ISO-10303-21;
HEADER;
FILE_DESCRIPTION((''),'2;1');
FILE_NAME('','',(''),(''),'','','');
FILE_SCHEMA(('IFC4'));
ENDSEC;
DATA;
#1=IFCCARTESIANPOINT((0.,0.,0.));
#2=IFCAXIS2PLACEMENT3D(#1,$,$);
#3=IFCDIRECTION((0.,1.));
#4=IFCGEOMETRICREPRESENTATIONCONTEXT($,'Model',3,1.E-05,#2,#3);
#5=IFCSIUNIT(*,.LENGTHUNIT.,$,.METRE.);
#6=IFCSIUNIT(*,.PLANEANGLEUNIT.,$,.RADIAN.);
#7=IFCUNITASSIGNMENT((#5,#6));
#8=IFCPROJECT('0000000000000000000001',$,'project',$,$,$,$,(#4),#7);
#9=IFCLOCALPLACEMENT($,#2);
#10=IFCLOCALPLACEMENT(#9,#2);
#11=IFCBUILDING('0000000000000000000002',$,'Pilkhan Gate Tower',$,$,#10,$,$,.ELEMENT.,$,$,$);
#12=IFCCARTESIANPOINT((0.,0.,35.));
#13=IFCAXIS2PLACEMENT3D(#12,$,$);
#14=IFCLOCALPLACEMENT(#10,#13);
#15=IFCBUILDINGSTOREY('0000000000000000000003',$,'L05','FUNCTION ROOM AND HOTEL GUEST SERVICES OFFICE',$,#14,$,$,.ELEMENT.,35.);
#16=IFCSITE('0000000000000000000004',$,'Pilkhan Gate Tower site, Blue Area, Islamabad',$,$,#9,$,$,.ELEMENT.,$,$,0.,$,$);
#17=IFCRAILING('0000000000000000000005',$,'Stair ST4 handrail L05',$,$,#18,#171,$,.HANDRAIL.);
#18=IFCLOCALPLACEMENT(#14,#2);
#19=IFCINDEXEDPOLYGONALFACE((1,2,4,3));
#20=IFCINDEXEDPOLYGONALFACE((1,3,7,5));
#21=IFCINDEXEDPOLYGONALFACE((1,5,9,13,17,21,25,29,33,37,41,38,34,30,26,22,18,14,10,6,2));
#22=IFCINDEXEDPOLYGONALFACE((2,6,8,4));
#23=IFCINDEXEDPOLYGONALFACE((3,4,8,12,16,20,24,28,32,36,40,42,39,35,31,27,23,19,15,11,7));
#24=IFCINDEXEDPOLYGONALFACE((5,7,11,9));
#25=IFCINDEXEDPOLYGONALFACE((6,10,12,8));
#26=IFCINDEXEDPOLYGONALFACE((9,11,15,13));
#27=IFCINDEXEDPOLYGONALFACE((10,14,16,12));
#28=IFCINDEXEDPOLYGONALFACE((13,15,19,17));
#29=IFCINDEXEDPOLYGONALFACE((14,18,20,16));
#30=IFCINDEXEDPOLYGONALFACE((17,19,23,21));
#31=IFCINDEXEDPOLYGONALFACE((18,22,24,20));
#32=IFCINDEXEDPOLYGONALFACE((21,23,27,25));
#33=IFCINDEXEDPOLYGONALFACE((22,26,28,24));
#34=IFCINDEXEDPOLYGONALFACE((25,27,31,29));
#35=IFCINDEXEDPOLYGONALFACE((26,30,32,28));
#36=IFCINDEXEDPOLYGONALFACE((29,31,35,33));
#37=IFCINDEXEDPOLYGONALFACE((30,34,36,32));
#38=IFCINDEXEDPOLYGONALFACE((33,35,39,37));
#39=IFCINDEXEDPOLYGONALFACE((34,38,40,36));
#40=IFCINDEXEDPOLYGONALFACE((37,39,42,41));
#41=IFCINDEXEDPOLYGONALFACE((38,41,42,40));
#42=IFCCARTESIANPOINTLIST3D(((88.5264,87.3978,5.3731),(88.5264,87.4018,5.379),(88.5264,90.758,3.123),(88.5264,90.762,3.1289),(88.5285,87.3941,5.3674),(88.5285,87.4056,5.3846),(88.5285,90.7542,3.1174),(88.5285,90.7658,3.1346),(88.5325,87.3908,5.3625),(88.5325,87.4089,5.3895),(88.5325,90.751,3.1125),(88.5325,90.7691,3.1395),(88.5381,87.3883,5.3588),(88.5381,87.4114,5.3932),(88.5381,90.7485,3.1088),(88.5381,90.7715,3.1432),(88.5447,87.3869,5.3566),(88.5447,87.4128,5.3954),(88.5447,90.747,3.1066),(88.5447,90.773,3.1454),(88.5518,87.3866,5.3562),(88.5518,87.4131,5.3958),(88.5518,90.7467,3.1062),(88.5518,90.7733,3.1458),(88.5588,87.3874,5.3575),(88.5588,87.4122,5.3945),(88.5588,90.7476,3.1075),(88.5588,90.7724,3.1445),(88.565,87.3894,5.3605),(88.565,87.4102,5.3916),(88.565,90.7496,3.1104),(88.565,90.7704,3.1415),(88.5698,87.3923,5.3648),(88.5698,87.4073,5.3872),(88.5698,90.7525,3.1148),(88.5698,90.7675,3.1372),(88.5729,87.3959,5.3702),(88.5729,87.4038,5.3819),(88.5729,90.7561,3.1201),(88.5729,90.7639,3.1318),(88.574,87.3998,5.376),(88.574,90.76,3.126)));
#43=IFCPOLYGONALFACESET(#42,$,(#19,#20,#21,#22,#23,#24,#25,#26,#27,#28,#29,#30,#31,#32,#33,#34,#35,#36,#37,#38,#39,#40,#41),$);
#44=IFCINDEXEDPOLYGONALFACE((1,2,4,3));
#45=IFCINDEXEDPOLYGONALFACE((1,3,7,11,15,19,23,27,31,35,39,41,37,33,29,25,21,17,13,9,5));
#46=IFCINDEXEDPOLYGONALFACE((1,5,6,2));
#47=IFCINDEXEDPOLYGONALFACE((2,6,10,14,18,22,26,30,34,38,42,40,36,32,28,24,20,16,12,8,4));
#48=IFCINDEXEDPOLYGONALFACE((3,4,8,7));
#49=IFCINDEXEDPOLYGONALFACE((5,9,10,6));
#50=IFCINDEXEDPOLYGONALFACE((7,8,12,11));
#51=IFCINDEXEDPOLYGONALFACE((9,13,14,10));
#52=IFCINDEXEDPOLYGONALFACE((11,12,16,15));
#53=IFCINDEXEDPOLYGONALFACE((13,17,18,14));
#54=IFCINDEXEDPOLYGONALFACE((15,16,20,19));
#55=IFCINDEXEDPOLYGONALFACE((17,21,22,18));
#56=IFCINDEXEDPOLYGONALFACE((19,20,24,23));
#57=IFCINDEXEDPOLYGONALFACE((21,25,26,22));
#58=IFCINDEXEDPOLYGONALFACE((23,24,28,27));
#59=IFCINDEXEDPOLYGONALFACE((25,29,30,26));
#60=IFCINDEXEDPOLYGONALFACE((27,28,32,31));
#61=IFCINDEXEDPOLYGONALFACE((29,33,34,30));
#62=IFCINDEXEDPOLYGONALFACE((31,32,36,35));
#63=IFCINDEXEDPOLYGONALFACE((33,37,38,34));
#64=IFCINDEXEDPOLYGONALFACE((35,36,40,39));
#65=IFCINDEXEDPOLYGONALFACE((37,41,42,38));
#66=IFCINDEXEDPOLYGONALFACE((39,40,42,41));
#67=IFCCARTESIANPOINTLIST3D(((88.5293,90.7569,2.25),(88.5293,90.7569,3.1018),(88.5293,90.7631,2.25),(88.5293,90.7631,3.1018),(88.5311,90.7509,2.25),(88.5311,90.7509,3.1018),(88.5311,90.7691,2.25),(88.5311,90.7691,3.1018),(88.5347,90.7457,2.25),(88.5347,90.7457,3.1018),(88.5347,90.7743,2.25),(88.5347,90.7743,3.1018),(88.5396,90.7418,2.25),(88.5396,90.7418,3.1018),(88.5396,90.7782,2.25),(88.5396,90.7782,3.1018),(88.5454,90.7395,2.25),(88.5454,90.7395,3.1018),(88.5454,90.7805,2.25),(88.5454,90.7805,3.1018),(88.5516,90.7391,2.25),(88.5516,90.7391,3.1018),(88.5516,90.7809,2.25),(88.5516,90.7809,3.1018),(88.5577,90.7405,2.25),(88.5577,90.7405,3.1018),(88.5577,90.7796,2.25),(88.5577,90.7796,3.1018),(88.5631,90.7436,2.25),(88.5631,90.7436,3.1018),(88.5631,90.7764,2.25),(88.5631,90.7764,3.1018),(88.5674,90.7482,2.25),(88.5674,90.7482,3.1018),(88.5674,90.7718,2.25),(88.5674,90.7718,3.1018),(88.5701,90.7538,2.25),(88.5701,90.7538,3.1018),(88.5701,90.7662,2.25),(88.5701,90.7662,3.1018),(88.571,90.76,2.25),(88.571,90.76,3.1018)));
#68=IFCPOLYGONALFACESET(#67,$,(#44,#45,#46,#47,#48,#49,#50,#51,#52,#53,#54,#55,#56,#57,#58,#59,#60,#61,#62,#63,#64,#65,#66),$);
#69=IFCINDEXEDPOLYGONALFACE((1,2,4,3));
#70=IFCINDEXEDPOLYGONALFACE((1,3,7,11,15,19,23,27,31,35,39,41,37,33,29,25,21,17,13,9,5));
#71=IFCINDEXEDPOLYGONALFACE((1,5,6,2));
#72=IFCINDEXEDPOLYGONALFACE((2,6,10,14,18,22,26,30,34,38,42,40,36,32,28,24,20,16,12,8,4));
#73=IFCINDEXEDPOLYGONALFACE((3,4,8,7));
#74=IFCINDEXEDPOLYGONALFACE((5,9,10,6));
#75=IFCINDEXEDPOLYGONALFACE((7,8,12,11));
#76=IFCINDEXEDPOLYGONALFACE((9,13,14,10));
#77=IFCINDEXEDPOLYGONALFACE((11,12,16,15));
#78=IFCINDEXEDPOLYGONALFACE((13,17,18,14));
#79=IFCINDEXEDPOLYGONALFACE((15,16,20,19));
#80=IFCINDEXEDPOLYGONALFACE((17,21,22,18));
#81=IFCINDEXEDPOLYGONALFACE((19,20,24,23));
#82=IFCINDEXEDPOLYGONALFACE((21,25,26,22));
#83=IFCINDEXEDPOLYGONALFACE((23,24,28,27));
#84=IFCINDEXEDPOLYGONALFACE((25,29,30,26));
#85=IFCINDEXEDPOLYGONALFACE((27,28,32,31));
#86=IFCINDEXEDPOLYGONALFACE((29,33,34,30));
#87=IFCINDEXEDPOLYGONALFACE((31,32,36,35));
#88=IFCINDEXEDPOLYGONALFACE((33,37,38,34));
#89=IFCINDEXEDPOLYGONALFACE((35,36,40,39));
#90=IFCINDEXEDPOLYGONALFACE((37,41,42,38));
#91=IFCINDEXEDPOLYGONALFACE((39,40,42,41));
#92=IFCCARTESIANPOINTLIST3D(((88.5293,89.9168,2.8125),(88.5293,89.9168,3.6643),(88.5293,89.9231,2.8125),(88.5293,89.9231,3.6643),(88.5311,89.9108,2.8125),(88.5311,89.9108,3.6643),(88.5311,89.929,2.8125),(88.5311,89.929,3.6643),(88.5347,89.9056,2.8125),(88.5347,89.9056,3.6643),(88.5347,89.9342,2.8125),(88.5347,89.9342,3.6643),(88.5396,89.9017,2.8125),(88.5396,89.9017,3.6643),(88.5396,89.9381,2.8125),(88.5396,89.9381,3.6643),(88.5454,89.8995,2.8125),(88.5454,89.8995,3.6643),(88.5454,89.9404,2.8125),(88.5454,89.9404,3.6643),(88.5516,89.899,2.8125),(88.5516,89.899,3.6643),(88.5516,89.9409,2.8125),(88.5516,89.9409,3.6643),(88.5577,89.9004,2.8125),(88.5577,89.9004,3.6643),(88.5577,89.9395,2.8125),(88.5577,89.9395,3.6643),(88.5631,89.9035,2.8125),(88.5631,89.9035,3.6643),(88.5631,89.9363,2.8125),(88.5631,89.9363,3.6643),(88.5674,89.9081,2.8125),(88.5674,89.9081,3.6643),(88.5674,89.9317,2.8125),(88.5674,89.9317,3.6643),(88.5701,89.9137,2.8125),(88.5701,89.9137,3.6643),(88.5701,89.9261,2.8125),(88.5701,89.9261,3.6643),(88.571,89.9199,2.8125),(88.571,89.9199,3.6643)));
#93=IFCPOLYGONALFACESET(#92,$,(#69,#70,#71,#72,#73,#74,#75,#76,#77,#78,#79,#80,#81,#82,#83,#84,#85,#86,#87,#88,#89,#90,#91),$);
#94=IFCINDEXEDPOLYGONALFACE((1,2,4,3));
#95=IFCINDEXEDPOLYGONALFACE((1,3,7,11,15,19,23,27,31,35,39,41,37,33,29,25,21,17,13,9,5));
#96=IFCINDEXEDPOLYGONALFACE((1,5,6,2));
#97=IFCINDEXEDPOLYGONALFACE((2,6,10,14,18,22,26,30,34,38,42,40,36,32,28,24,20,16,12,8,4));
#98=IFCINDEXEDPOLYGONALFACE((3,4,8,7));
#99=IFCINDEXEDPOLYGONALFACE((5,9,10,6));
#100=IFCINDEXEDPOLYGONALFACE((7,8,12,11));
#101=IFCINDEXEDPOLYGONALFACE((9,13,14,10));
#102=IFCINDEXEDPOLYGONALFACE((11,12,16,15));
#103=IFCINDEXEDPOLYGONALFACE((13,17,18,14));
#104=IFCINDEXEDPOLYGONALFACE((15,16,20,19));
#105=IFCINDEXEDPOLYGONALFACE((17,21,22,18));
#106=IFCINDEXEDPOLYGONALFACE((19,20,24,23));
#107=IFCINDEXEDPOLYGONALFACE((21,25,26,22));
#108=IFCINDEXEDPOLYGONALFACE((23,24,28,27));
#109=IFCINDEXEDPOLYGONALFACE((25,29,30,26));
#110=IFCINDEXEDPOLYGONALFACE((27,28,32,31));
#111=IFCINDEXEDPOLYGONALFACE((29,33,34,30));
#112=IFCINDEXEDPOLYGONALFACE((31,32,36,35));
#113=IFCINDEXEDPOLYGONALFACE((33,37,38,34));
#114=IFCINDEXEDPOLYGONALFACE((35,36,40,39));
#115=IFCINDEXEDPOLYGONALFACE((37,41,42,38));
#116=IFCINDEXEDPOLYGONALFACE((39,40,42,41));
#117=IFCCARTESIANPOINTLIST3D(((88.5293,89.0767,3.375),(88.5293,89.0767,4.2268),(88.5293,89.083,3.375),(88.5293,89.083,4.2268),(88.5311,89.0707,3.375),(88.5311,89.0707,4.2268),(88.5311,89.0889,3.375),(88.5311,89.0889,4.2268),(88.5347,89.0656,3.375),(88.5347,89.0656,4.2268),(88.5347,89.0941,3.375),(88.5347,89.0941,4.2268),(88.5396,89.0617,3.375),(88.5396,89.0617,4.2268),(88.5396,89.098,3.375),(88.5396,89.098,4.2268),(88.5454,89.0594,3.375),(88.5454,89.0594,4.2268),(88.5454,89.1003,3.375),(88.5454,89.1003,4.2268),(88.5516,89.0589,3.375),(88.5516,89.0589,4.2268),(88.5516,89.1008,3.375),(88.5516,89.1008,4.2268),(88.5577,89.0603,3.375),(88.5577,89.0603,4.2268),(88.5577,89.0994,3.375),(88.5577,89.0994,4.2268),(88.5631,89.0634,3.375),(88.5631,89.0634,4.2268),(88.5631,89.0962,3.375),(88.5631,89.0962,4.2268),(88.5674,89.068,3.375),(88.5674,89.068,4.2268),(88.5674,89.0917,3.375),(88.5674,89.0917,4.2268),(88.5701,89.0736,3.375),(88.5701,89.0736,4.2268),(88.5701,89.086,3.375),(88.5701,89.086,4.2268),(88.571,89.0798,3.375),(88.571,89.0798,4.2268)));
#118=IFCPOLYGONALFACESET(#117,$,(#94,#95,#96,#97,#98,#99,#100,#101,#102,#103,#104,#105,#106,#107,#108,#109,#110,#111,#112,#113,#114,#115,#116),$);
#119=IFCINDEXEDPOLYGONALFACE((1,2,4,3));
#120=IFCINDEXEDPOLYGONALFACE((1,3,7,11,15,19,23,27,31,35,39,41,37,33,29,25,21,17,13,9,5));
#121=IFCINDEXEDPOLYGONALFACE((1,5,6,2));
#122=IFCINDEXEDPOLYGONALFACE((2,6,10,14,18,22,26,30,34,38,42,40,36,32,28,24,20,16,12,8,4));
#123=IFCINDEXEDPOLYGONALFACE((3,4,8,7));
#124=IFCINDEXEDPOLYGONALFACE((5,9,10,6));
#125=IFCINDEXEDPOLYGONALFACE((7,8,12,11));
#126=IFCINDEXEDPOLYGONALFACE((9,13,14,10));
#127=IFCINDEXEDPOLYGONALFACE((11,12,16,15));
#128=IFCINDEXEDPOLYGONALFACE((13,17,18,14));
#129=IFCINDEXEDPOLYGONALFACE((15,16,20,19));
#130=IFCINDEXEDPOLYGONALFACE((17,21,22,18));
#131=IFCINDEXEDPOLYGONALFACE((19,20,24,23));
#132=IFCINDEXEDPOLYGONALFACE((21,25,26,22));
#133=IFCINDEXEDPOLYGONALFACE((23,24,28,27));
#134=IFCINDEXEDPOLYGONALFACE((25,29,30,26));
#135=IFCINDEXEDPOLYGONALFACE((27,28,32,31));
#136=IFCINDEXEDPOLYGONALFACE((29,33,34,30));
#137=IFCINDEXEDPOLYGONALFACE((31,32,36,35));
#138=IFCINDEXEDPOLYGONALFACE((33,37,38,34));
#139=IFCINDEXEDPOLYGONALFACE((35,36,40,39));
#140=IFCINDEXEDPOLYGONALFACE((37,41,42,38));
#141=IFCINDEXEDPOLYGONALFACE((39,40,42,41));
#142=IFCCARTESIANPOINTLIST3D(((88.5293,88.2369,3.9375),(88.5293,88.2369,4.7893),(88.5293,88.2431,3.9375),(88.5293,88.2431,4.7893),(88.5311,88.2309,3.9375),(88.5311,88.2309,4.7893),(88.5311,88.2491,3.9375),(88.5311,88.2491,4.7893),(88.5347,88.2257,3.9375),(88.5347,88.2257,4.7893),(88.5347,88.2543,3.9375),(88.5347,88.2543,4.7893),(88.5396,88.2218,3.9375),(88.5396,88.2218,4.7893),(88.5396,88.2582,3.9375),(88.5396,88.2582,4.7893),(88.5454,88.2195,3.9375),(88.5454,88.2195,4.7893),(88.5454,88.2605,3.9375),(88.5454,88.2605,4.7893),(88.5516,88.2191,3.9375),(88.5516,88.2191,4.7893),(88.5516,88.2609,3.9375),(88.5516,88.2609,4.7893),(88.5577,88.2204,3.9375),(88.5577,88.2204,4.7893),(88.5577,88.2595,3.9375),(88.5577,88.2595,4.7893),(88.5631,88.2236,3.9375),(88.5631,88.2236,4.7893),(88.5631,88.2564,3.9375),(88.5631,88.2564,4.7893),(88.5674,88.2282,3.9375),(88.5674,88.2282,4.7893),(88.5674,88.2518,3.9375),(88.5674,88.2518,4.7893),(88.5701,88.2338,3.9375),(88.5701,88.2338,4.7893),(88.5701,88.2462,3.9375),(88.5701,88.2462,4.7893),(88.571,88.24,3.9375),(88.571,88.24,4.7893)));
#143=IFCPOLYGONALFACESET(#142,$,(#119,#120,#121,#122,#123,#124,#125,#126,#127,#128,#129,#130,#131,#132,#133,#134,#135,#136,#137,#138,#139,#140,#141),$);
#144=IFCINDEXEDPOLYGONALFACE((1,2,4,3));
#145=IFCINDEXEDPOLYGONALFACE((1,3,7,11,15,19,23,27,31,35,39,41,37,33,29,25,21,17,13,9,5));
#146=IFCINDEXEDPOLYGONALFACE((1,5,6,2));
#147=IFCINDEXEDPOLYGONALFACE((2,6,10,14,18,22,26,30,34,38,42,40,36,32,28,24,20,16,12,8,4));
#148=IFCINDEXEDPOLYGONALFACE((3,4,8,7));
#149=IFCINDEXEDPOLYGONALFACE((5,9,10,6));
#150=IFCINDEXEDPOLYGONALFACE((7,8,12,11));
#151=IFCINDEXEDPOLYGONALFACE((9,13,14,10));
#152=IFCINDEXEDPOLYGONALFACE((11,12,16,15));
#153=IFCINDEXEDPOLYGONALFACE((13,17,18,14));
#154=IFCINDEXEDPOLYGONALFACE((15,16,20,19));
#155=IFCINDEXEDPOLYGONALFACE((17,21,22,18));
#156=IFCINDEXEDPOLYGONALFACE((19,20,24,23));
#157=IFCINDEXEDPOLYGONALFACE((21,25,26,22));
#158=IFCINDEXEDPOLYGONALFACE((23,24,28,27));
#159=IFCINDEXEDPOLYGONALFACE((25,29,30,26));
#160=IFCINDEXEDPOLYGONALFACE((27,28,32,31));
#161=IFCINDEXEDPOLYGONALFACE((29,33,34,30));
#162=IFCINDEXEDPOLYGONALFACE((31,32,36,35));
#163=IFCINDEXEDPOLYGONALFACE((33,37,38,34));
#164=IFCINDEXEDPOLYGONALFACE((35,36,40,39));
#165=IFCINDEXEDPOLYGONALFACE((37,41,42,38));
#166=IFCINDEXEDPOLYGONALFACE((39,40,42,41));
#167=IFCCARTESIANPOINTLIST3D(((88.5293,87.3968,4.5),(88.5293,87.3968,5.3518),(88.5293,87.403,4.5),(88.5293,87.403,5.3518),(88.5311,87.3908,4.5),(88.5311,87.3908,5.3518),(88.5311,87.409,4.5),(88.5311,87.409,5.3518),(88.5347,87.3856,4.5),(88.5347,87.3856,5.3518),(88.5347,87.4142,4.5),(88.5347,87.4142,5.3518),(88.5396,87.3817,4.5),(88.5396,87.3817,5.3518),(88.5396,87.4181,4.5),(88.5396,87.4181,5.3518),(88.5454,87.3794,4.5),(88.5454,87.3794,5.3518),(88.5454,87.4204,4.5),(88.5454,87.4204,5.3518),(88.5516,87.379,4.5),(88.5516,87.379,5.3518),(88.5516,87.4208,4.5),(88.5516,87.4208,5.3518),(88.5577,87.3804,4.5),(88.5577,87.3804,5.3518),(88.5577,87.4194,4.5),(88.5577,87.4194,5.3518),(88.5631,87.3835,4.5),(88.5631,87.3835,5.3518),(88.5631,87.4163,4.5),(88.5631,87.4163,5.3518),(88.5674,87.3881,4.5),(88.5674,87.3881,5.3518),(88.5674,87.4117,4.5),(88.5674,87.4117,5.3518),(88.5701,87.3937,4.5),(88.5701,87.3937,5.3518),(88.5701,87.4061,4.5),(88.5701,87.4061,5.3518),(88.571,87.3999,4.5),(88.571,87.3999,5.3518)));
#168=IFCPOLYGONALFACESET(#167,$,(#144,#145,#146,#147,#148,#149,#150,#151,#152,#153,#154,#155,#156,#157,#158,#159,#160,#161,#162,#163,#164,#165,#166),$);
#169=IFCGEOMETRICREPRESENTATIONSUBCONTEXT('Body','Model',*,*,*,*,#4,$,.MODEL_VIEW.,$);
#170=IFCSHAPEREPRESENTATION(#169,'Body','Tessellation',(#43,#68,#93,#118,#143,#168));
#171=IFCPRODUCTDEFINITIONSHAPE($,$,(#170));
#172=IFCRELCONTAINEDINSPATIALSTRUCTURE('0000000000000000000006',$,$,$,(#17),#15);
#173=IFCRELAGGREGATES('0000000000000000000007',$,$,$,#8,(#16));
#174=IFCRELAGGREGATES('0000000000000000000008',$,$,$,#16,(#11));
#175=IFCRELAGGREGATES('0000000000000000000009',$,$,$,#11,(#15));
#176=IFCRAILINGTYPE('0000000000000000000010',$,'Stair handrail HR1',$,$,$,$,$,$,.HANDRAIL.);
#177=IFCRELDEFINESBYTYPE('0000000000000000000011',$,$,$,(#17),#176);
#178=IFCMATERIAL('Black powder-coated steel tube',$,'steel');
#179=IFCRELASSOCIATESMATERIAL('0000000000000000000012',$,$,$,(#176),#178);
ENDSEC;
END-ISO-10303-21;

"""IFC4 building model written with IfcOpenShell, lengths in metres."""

from ifc_helpers import new_model, si_unit, direction, frame, origin, origin_2d, place, context, subcontext, project, spatial, circle, extrude, material, type_object, element, save


model = new_model("IFC4")

# Units and contexts
model_context = context("Model", 3, precision=1e-05, world=origin(), true_north=direction((0.0, 1.0)))
body_context = subcontext(model_context, "Body", "Model", "MODEL_VIEW")
ifc_project = project(units=[si_unit("LENGTHUNIT", "METRE"), si_unit("PLANEANGLEUNIT", "RADIAN")], contexts=[model_context])

# Site, building, storey
site_placement = place(None, origin())
site = spatial("IfcSite", under=ifc_project, at=site_placement, Name="Pilkhan Gate Tower site, Blue Area, Islamabad", CompositionType="ELEMENT", RefElevation=0.0)
building_placement = place(site_placement, origin())
building = spatial("IfcBuilding", under=site, at=building_placement, Name="Pilkhan Gate Tower", CompositionType="ELEMENT")
storey_placement = place(building_placement, frame((0.0, 0.0, 35.0)))
storey = spatial("IfcBuildingStorey", under=building, at=storey_placement, Name="L05", Description="FUNCTION ROOM AND HOTEL GUEST SERVICES OFFICE", CompositionType="ELEMENT", Elevation=35.0)

# Railing
ifc_material_1 = material(Name="Black powder-coated steel tube", Category="steel")
railing_type_1 = type_object("IfcRailingType", Name="Stair handrail HR1", PredefinedType="HANDRAIL", material=ifc_material_1)
railing_1_placement = place(storey_placement, frame((88.55, 90.76, 2.25)))
element("IfcRailing", 1, at=railing_1_placement, inside=storey, type_object=railing_type_1, Name="Stair ST4 handrail L05", PredefinedType="HANDRAIL", context=body_context, shape_type="SweptSolid", body=[
    extrude(circle(Radius=0.0239, at=origin_2d()), frame((0.0, 0.0, 0.876), z_axis=(0.0, -0.830915, 0.556399), x_axis=(1.0, 0.0, 0.0)), (0.0, 0.0, 1.0), 4.0439),
    extrude(circle(Radius=0.021, at=origin_2d()), origin(), (0.0, 0.0, 1.0), 0.8518),
    extrude(circle(Radius=0.021, at=origin_2d()), frame((0.0, -0.8401, 0.5625)), (0.0, 0.0, 1.0), 0.8518),
    extrude(circle(Radius=0.021, at=origin_2d()), frame((0.0, -1.6802, 1.125)), (0.0, 0.0, 1.0), 0.8518),
    extrude(circle(Radius=0.021, at=origin_2d()), frame((0.0, -2.52, 1.6875)), (0.0, 0.0, 1.0), 0.8518),
    extrude(circle(Radius=0.021, at=origin_2d()), frame((0.0, -3.3601, 2.25)), (0.0, 0.0, 1.0), 0.8518),
])

save(model, "model.ifc")
